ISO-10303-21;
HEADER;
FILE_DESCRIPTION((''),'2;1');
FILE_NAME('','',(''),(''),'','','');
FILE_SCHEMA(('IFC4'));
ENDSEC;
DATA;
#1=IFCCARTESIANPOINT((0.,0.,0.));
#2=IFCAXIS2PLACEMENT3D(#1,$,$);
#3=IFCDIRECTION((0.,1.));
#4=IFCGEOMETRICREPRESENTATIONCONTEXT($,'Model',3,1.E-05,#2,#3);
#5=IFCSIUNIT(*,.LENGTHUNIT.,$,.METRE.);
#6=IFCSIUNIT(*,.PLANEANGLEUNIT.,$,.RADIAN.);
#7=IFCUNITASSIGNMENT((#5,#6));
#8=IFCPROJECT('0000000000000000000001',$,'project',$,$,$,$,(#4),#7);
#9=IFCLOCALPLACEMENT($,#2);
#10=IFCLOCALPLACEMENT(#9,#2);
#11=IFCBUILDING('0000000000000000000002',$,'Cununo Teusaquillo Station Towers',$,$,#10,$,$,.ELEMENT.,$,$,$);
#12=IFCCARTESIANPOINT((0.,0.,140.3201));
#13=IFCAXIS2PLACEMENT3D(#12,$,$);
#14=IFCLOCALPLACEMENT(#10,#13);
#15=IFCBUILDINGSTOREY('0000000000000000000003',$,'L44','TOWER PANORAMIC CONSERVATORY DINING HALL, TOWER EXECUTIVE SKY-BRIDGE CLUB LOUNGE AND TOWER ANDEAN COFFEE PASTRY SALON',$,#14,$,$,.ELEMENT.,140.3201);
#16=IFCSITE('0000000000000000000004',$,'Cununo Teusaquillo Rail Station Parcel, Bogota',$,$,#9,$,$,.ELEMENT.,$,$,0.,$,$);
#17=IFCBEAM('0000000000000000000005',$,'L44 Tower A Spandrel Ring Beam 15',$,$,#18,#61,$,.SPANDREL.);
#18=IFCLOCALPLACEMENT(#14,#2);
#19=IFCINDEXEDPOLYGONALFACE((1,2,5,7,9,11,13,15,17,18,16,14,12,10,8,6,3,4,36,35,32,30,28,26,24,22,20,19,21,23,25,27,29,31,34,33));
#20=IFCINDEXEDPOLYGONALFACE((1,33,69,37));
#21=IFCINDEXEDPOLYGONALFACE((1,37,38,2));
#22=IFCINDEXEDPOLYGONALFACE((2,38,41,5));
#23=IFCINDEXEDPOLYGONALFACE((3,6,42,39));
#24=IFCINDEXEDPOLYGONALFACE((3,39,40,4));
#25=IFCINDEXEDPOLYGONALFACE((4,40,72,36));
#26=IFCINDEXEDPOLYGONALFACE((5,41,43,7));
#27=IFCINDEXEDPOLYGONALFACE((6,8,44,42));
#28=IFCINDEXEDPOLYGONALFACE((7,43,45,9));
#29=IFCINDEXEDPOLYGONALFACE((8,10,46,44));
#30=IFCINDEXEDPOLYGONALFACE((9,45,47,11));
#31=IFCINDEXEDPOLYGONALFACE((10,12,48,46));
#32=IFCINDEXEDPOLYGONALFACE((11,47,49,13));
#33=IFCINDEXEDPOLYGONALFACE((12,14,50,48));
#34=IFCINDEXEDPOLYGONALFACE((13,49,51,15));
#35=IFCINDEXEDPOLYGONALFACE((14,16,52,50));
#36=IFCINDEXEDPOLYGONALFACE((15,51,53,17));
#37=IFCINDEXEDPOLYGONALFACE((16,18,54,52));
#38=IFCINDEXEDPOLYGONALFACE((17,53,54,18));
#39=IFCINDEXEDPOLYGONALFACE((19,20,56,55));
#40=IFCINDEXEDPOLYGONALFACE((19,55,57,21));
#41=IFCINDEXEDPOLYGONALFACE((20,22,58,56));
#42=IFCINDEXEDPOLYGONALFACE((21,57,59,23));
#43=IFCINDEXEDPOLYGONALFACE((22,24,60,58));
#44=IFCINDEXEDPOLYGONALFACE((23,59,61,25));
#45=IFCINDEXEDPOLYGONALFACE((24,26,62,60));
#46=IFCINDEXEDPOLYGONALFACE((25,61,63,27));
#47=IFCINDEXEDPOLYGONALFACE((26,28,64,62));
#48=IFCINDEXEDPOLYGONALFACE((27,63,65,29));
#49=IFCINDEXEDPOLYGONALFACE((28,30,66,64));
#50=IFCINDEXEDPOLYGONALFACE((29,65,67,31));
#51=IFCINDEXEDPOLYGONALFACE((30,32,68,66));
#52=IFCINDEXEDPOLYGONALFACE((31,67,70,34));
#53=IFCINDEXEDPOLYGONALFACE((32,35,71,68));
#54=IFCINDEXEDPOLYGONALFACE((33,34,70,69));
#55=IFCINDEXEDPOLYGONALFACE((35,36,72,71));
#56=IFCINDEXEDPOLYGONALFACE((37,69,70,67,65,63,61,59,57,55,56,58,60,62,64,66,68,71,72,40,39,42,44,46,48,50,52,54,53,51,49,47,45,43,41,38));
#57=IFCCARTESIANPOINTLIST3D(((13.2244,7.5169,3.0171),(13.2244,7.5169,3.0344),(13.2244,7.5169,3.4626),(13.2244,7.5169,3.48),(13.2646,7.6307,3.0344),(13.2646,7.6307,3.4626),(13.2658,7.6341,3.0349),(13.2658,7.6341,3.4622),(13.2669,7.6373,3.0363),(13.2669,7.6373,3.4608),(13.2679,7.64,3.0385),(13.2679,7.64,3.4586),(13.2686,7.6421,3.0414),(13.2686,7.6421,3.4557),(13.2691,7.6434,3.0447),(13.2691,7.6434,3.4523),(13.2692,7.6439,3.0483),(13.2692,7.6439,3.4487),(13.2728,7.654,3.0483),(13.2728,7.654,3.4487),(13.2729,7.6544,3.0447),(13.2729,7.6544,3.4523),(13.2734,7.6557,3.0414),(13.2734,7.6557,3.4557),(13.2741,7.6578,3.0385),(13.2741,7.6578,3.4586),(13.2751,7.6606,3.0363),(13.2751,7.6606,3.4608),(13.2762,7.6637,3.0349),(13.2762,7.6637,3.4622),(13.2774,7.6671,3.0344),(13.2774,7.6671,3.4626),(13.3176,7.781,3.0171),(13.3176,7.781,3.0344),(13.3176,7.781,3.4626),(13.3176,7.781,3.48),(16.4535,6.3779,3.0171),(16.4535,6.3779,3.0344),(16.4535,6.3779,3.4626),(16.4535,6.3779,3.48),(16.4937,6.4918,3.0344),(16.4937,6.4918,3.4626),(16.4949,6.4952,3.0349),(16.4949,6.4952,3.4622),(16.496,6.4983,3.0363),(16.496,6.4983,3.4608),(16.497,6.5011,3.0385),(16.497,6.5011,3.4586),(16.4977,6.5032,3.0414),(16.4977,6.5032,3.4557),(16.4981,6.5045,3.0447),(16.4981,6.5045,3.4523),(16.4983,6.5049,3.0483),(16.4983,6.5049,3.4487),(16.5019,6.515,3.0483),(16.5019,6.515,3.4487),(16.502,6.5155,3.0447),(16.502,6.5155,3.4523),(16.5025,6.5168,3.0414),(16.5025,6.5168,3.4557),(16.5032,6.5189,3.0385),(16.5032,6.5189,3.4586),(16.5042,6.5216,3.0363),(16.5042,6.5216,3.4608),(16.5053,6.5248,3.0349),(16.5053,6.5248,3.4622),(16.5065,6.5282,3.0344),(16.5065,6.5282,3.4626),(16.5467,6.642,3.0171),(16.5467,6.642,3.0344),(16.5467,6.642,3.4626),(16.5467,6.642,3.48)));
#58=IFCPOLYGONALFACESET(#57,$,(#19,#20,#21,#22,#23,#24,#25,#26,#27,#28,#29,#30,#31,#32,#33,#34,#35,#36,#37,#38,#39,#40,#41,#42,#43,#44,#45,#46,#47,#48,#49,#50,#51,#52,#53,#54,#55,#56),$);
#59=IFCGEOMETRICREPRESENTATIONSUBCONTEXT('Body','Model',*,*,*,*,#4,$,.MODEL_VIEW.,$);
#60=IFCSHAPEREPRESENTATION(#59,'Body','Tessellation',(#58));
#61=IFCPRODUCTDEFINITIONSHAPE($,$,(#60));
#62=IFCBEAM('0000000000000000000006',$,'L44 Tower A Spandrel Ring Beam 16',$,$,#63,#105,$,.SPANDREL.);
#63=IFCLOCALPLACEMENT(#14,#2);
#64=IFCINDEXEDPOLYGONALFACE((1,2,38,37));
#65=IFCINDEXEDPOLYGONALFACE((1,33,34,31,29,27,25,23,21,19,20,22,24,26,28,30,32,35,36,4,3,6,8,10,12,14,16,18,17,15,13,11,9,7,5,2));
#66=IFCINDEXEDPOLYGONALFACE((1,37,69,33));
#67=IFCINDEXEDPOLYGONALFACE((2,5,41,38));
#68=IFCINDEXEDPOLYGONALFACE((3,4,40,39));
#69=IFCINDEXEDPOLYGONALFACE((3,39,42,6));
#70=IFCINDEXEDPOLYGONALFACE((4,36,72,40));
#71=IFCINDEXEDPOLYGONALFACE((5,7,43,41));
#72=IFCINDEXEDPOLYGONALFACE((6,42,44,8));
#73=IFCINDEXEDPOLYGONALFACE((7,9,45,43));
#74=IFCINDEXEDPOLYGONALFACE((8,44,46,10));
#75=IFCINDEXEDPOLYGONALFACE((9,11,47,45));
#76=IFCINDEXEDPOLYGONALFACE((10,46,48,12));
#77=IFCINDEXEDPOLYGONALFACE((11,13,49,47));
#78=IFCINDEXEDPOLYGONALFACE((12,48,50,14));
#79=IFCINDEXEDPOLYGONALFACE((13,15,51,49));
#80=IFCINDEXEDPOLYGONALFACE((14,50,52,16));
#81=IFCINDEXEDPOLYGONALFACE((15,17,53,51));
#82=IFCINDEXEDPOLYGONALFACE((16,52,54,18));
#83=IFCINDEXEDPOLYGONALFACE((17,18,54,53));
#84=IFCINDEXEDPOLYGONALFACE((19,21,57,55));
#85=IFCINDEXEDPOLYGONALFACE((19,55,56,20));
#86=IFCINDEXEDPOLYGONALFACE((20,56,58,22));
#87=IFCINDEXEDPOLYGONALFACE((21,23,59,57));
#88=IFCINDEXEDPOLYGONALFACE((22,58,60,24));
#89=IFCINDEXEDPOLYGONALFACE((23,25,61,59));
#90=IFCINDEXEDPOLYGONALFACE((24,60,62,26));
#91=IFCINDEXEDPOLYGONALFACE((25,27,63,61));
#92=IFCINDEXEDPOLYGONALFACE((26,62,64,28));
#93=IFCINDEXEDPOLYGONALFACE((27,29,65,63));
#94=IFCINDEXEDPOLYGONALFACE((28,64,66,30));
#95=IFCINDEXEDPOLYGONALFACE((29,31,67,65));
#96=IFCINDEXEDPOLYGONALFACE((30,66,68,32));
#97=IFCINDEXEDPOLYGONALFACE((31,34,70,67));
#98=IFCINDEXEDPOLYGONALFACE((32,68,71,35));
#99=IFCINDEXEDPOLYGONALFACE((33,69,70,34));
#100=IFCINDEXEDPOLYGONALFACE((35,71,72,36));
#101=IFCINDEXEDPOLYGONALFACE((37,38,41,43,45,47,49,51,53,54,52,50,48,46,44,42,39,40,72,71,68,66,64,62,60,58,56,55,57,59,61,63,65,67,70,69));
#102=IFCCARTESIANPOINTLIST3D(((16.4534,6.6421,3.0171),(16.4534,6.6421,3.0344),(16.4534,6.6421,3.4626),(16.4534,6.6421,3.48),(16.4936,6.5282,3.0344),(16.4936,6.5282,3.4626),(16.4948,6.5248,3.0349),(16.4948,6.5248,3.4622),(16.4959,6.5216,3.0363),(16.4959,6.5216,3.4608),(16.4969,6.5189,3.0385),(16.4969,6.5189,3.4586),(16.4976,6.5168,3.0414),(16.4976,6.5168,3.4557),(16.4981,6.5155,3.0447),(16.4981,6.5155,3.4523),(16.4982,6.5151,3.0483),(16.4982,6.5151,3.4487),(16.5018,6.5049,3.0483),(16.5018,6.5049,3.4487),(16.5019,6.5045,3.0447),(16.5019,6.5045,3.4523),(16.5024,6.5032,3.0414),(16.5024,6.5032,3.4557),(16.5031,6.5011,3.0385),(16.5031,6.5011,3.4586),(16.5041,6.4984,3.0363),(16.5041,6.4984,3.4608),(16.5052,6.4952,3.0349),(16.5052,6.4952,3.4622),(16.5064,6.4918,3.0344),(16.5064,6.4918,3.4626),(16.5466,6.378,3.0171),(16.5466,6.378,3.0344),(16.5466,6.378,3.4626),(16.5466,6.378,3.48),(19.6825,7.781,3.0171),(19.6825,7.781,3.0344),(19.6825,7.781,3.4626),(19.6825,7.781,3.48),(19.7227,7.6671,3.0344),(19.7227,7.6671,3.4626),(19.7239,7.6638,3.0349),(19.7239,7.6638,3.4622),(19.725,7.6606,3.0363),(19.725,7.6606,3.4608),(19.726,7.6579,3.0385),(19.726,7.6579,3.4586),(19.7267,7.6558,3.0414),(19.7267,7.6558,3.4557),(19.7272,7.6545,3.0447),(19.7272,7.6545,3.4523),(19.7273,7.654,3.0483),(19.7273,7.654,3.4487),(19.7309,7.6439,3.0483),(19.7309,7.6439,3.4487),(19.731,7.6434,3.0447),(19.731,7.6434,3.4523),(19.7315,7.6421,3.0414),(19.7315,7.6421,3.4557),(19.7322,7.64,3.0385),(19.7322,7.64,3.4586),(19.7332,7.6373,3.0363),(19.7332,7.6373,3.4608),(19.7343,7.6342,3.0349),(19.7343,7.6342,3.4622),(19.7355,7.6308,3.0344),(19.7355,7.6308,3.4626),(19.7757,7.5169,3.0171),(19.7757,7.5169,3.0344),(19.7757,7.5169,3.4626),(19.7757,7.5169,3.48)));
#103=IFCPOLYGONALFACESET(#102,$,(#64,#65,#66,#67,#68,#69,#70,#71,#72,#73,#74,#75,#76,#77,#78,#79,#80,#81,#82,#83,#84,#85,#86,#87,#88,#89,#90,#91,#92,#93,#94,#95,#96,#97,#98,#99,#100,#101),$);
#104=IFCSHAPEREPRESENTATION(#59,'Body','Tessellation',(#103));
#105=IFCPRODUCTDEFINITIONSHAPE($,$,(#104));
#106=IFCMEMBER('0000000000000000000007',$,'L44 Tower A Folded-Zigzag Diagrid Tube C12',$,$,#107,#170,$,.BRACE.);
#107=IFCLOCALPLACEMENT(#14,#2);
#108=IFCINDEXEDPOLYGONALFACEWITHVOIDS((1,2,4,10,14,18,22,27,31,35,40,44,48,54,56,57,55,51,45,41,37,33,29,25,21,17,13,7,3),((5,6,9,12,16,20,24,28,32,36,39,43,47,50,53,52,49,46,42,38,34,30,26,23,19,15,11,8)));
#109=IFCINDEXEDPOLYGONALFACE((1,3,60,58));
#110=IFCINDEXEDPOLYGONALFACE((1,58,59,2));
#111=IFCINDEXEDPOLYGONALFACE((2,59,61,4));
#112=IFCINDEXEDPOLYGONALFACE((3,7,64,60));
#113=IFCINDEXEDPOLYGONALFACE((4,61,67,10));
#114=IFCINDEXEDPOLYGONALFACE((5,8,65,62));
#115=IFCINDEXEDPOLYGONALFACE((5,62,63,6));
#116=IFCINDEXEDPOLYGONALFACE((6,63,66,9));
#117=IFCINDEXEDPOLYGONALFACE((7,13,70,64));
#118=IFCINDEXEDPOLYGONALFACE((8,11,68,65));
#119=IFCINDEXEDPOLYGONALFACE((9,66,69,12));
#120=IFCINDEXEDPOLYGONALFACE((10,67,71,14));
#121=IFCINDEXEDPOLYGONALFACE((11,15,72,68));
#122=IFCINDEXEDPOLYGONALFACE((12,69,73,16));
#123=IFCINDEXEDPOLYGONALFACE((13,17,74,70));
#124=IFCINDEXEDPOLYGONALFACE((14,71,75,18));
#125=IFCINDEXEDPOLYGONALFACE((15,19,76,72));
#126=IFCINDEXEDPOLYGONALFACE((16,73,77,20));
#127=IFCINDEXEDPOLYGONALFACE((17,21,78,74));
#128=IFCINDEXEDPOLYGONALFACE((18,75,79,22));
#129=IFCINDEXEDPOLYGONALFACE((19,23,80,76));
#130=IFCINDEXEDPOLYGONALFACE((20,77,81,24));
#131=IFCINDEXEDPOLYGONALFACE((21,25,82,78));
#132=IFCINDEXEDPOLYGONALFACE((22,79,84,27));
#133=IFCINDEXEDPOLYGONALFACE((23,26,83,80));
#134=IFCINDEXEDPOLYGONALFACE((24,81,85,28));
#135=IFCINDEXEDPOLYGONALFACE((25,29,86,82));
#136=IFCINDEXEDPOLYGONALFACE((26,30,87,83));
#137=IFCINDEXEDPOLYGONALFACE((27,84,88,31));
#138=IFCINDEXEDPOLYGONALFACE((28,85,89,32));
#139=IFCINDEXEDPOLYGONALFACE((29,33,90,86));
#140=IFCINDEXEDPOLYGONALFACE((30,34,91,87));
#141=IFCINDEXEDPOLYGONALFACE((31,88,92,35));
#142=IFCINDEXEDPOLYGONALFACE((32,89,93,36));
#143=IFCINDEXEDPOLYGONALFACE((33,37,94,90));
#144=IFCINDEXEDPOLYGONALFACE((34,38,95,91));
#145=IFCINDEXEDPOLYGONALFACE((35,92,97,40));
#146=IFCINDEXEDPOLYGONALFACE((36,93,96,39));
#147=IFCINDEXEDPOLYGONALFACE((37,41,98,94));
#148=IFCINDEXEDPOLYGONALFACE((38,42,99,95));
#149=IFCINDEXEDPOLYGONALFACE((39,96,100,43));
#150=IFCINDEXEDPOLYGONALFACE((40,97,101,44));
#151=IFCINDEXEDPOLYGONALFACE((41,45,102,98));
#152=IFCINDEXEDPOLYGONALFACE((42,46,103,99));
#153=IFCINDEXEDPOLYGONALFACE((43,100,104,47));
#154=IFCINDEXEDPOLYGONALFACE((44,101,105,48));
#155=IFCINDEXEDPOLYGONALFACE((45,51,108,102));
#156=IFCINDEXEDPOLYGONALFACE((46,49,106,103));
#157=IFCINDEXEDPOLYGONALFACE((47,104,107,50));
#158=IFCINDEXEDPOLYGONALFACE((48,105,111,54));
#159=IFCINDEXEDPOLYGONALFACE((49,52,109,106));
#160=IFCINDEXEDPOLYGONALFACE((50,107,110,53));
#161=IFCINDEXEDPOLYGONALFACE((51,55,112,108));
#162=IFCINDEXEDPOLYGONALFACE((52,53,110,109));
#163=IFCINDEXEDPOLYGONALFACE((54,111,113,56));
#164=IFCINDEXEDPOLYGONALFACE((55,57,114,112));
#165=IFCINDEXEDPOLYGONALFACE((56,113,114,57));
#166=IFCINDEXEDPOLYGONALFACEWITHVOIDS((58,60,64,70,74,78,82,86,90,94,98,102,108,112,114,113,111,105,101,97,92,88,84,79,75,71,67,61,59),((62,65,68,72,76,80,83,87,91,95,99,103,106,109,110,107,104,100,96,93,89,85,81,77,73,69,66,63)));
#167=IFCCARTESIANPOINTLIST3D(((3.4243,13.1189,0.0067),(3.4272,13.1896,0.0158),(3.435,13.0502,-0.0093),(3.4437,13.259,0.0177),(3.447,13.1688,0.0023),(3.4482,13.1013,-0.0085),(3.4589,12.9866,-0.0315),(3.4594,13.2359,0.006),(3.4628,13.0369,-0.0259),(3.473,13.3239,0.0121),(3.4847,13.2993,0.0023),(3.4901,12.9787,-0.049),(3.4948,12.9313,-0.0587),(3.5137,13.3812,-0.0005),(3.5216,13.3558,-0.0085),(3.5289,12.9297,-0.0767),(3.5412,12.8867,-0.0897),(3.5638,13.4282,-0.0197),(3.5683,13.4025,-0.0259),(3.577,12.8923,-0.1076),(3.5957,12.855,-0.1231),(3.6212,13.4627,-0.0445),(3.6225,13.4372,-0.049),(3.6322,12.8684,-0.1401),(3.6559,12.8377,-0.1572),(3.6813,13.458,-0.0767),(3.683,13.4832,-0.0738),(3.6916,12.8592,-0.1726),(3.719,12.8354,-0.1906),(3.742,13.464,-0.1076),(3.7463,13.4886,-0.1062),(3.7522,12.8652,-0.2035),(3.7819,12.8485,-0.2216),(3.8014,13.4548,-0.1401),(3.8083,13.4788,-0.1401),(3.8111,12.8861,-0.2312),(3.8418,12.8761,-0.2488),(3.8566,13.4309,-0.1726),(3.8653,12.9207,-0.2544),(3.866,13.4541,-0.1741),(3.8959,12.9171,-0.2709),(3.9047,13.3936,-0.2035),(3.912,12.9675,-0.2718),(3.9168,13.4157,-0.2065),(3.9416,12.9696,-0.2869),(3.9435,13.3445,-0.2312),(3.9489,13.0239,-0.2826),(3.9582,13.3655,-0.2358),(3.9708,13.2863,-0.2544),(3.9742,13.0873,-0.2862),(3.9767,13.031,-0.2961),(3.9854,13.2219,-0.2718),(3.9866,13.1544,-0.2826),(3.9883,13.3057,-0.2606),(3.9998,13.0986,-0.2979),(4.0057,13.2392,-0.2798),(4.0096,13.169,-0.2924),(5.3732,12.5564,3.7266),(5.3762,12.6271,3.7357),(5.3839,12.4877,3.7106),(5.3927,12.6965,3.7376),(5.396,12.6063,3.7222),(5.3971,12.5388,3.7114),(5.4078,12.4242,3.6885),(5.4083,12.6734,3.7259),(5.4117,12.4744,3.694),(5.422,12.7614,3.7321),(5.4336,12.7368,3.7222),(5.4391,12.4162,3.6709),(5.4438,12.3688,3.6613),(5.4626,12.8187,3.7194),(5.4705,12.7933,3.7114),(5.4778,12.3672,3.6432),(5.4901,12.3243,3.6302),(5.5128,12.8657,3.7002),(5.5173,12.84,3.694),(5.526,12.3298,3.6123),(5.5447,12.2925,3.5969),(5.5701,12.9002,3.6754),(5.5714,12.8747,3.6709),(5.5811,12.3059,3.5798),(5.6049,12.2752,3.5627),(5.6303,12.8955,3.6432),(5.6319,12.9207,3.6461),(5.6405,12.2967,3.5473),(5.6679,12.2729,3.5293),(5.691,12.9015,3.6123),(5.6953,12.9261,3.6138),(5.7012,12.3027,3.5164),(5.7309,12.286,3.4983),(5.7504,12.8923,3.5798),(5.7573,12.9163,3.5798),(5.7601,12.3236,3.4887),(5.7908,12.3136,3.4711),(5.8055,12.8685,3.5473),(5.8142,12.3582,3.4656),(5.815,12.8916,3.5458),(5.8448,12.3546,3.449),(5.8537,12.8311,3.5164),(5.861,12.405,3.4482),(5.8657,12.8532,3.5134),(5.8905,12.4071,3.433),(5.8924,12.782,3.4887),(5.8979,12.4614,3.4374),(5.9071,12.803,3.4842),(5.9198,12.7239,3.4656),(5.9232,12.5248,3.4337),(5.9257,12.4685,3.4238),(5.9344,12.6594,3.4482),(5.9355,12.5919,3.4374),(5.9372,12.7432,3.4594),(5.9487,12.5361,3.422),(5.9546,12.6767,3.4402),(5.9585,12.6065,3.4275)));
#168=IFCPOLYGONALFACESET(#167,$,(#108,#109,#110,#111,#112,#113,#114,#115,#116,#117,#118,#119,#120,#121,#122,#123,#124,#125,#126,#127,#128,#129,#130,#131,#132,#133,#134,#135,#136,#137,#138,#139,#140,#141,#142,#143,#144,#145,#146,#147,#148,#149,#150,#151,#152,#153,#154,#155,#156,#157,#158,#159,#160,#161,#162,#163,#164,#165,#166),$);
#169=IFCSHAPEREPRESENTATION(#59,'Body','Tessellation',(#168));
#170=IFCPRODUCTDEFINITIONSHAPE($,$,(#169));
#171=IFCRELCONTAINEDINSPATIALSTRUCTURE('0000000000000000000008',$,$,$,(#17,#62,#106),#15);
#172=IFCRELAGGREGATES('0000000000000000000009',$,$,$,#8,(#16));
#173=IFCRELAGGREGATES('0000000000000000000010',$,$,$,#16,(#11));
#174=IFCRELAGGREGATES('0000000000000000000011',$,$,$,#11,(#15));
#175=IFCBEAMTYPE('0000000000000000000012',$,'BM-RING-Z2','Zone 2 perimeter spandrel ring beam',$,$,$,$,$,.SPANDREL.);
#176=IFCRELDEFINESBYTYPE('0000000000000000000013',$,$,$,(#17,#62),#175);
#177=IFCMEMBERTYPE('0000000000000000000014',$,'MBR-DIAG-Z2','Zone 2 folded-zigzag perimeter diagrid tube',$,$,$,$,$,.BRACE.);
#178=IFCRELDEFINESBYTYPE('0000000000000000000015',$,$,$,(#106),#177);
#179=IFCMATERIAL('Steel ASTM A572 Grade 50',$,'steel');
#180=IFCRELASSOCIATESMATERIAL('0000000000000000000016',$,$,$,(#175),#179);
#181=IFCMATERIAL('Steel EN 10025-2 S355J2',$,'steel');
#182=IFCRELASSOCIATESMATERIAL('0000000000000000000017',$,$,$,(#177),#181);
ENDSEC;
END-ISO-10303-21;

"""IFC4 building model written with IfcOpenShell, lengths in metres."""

from ifc_helpers import new_model, si_unit, direction, frame, origin, origin_2d, place, context, subcontext, project, spatial, hollow_circle, i_section, extrude, material, material_profile, profile_set, type_object, element, save


model = new_model("IFC4")

# Units and contexts
model_context = context("Model", 3, precision=1e-05, world=origin(), true_north=direction((0.0, 1.0)))
body_context = subcontext(model_context, "Body", "Model", "MODEL_VIEW")
ifc_project = project(units=[si_unit("LENGTHUNIT", "METRE"), si_unit("PLANEANGLEUNIT", "RADIAN")], contexts=[model_context])

# Site, building, storey
site_placement = place(None, origin())
site = spatial("IfcSite", under=ifc_project, at=site_placement, Name="Cununo Teusaquillo Rail Station Parcel, Bogota", CompositionType="ELEMENT", RefElevation=0.0)
building_placement = place(site_placement, origin())
building = spatial("IfcBuilding", under=site, at=building_placement, Name="Cununo Teusaquillo Station Towers", CompositionType="ELEMENT")
storey_placement = place(building_placement, frame((0.0, 0.0, 140.3201)))
storey = spatial("IfcBuildingStorey", under=building, at=storey_placement, Name="L44", Description="TOWER PANORAMIC CONSERVATORY DINING HALL, TOWER EXECUTIVE SKY-BRIDGE CLUB LOUNGE AND TOWER ANDEAN COFFEE PASTRY SALON", CompositionType="ELEMENT", Elevation=140.3201)

# Beams
ifc_material_1 = material(Name="Steel ASTM A572 Grade 50", Category="steel")
ifc_material_profile_1 = material_profile(ifc_material_1, i_section(OverallWidth=0.28, OverallDepth=0.4629, WebThickness=0.0107, FlangeThickness=0.0173, FilletRadius=0.0139, at=origin_2d()), Name="W18X76")
ifc_profile_set_1 = profile_set([ifc_material_profile_1], Name="Steel ASTM A572 Grade 50")
beam_type = type_object("IfcBeamType", Name="BM-RING-Z2", Description="Zone 2 perimeter spandrel ring beam", PredefinedType="SPANDREL", material=ifc_profile_set_1)
for number, where, z_axis, x_axis, name in (
    (1, (13.271, 7.6489, 3.2485), (0.943057, -0.33263, 0.0), (0.33263, 0.943057, 0.0), "L44 Tower A Spandrel Ring Beam 15"),
    (2, (16.5, 6.51, 3.2485), (0.943057, 0.33263, 0.0), (-0.33263, 0.943057, 0.0), "L44 Tower A Spandrel Ring Beam 16"),
):
    element("IfcBeam", number, at=place(storey_placement, frame(where, z_axis=z_axis, x_axis=x_axis)), inside=storey, type_object=beam_type, Name=name, PredefinedType="SPANDREL", context=body_context, shape_type="SweptSolid", body=[
        extrude(i_section(OverallWidth=0.28, OverallDepth=0.4629, WebThickness=0.0107, FlangeThickness=0.0173, FilletRadius=0.0139, at=origin_2d()), origin(), (0.0, 0.0, 1.0), 3.4241),
    ])

# Member
ifc_material_2 = material(Name="Steel EN 10025-2 S355J2", Category="steel")
ifc_material_profile_2 = material_profile(ifc_material_2, hollow_circle(Radius=0.3301, WallThickness=0.0249, at=origin_2d()), Name="CHS 660x25")
ifc_profile_set_2 = profile_set([ifc_material_profile_2], Name="Steel EN 10025-2 S355J2")
member_type = type_object("IfcMemberType", Name="MBR-DIAG-Z2", Description="Zone 2 folded-zigzag perimeter diagrid tube", PredefinedType="BRACE", material=ifc_profile_set_2)
member_placement = place(storey_placement, frame((3.7168, 13.1616, -0.1401), z_axis=(0.459977, -0.132756, 0.87795), x_axis=(0.277295, 0.960785, 0.0)))
element("IfcMember", 3, at=member_placement, inside=storey, type_object=member_type, Name="L44 Tower A Folded-Zigzag Diagrid Tube C12", PredefinedType="BRACE", context=body_context, shape_type="SweptSolid", body=[
    extrude(hollow_circle(Radius=0.3301, WallThickness=0.0249, at=origin_2d()), origin(), (0.0, 0.0, 1.0), 4.2371),
])

save(model, "model.ifc")
